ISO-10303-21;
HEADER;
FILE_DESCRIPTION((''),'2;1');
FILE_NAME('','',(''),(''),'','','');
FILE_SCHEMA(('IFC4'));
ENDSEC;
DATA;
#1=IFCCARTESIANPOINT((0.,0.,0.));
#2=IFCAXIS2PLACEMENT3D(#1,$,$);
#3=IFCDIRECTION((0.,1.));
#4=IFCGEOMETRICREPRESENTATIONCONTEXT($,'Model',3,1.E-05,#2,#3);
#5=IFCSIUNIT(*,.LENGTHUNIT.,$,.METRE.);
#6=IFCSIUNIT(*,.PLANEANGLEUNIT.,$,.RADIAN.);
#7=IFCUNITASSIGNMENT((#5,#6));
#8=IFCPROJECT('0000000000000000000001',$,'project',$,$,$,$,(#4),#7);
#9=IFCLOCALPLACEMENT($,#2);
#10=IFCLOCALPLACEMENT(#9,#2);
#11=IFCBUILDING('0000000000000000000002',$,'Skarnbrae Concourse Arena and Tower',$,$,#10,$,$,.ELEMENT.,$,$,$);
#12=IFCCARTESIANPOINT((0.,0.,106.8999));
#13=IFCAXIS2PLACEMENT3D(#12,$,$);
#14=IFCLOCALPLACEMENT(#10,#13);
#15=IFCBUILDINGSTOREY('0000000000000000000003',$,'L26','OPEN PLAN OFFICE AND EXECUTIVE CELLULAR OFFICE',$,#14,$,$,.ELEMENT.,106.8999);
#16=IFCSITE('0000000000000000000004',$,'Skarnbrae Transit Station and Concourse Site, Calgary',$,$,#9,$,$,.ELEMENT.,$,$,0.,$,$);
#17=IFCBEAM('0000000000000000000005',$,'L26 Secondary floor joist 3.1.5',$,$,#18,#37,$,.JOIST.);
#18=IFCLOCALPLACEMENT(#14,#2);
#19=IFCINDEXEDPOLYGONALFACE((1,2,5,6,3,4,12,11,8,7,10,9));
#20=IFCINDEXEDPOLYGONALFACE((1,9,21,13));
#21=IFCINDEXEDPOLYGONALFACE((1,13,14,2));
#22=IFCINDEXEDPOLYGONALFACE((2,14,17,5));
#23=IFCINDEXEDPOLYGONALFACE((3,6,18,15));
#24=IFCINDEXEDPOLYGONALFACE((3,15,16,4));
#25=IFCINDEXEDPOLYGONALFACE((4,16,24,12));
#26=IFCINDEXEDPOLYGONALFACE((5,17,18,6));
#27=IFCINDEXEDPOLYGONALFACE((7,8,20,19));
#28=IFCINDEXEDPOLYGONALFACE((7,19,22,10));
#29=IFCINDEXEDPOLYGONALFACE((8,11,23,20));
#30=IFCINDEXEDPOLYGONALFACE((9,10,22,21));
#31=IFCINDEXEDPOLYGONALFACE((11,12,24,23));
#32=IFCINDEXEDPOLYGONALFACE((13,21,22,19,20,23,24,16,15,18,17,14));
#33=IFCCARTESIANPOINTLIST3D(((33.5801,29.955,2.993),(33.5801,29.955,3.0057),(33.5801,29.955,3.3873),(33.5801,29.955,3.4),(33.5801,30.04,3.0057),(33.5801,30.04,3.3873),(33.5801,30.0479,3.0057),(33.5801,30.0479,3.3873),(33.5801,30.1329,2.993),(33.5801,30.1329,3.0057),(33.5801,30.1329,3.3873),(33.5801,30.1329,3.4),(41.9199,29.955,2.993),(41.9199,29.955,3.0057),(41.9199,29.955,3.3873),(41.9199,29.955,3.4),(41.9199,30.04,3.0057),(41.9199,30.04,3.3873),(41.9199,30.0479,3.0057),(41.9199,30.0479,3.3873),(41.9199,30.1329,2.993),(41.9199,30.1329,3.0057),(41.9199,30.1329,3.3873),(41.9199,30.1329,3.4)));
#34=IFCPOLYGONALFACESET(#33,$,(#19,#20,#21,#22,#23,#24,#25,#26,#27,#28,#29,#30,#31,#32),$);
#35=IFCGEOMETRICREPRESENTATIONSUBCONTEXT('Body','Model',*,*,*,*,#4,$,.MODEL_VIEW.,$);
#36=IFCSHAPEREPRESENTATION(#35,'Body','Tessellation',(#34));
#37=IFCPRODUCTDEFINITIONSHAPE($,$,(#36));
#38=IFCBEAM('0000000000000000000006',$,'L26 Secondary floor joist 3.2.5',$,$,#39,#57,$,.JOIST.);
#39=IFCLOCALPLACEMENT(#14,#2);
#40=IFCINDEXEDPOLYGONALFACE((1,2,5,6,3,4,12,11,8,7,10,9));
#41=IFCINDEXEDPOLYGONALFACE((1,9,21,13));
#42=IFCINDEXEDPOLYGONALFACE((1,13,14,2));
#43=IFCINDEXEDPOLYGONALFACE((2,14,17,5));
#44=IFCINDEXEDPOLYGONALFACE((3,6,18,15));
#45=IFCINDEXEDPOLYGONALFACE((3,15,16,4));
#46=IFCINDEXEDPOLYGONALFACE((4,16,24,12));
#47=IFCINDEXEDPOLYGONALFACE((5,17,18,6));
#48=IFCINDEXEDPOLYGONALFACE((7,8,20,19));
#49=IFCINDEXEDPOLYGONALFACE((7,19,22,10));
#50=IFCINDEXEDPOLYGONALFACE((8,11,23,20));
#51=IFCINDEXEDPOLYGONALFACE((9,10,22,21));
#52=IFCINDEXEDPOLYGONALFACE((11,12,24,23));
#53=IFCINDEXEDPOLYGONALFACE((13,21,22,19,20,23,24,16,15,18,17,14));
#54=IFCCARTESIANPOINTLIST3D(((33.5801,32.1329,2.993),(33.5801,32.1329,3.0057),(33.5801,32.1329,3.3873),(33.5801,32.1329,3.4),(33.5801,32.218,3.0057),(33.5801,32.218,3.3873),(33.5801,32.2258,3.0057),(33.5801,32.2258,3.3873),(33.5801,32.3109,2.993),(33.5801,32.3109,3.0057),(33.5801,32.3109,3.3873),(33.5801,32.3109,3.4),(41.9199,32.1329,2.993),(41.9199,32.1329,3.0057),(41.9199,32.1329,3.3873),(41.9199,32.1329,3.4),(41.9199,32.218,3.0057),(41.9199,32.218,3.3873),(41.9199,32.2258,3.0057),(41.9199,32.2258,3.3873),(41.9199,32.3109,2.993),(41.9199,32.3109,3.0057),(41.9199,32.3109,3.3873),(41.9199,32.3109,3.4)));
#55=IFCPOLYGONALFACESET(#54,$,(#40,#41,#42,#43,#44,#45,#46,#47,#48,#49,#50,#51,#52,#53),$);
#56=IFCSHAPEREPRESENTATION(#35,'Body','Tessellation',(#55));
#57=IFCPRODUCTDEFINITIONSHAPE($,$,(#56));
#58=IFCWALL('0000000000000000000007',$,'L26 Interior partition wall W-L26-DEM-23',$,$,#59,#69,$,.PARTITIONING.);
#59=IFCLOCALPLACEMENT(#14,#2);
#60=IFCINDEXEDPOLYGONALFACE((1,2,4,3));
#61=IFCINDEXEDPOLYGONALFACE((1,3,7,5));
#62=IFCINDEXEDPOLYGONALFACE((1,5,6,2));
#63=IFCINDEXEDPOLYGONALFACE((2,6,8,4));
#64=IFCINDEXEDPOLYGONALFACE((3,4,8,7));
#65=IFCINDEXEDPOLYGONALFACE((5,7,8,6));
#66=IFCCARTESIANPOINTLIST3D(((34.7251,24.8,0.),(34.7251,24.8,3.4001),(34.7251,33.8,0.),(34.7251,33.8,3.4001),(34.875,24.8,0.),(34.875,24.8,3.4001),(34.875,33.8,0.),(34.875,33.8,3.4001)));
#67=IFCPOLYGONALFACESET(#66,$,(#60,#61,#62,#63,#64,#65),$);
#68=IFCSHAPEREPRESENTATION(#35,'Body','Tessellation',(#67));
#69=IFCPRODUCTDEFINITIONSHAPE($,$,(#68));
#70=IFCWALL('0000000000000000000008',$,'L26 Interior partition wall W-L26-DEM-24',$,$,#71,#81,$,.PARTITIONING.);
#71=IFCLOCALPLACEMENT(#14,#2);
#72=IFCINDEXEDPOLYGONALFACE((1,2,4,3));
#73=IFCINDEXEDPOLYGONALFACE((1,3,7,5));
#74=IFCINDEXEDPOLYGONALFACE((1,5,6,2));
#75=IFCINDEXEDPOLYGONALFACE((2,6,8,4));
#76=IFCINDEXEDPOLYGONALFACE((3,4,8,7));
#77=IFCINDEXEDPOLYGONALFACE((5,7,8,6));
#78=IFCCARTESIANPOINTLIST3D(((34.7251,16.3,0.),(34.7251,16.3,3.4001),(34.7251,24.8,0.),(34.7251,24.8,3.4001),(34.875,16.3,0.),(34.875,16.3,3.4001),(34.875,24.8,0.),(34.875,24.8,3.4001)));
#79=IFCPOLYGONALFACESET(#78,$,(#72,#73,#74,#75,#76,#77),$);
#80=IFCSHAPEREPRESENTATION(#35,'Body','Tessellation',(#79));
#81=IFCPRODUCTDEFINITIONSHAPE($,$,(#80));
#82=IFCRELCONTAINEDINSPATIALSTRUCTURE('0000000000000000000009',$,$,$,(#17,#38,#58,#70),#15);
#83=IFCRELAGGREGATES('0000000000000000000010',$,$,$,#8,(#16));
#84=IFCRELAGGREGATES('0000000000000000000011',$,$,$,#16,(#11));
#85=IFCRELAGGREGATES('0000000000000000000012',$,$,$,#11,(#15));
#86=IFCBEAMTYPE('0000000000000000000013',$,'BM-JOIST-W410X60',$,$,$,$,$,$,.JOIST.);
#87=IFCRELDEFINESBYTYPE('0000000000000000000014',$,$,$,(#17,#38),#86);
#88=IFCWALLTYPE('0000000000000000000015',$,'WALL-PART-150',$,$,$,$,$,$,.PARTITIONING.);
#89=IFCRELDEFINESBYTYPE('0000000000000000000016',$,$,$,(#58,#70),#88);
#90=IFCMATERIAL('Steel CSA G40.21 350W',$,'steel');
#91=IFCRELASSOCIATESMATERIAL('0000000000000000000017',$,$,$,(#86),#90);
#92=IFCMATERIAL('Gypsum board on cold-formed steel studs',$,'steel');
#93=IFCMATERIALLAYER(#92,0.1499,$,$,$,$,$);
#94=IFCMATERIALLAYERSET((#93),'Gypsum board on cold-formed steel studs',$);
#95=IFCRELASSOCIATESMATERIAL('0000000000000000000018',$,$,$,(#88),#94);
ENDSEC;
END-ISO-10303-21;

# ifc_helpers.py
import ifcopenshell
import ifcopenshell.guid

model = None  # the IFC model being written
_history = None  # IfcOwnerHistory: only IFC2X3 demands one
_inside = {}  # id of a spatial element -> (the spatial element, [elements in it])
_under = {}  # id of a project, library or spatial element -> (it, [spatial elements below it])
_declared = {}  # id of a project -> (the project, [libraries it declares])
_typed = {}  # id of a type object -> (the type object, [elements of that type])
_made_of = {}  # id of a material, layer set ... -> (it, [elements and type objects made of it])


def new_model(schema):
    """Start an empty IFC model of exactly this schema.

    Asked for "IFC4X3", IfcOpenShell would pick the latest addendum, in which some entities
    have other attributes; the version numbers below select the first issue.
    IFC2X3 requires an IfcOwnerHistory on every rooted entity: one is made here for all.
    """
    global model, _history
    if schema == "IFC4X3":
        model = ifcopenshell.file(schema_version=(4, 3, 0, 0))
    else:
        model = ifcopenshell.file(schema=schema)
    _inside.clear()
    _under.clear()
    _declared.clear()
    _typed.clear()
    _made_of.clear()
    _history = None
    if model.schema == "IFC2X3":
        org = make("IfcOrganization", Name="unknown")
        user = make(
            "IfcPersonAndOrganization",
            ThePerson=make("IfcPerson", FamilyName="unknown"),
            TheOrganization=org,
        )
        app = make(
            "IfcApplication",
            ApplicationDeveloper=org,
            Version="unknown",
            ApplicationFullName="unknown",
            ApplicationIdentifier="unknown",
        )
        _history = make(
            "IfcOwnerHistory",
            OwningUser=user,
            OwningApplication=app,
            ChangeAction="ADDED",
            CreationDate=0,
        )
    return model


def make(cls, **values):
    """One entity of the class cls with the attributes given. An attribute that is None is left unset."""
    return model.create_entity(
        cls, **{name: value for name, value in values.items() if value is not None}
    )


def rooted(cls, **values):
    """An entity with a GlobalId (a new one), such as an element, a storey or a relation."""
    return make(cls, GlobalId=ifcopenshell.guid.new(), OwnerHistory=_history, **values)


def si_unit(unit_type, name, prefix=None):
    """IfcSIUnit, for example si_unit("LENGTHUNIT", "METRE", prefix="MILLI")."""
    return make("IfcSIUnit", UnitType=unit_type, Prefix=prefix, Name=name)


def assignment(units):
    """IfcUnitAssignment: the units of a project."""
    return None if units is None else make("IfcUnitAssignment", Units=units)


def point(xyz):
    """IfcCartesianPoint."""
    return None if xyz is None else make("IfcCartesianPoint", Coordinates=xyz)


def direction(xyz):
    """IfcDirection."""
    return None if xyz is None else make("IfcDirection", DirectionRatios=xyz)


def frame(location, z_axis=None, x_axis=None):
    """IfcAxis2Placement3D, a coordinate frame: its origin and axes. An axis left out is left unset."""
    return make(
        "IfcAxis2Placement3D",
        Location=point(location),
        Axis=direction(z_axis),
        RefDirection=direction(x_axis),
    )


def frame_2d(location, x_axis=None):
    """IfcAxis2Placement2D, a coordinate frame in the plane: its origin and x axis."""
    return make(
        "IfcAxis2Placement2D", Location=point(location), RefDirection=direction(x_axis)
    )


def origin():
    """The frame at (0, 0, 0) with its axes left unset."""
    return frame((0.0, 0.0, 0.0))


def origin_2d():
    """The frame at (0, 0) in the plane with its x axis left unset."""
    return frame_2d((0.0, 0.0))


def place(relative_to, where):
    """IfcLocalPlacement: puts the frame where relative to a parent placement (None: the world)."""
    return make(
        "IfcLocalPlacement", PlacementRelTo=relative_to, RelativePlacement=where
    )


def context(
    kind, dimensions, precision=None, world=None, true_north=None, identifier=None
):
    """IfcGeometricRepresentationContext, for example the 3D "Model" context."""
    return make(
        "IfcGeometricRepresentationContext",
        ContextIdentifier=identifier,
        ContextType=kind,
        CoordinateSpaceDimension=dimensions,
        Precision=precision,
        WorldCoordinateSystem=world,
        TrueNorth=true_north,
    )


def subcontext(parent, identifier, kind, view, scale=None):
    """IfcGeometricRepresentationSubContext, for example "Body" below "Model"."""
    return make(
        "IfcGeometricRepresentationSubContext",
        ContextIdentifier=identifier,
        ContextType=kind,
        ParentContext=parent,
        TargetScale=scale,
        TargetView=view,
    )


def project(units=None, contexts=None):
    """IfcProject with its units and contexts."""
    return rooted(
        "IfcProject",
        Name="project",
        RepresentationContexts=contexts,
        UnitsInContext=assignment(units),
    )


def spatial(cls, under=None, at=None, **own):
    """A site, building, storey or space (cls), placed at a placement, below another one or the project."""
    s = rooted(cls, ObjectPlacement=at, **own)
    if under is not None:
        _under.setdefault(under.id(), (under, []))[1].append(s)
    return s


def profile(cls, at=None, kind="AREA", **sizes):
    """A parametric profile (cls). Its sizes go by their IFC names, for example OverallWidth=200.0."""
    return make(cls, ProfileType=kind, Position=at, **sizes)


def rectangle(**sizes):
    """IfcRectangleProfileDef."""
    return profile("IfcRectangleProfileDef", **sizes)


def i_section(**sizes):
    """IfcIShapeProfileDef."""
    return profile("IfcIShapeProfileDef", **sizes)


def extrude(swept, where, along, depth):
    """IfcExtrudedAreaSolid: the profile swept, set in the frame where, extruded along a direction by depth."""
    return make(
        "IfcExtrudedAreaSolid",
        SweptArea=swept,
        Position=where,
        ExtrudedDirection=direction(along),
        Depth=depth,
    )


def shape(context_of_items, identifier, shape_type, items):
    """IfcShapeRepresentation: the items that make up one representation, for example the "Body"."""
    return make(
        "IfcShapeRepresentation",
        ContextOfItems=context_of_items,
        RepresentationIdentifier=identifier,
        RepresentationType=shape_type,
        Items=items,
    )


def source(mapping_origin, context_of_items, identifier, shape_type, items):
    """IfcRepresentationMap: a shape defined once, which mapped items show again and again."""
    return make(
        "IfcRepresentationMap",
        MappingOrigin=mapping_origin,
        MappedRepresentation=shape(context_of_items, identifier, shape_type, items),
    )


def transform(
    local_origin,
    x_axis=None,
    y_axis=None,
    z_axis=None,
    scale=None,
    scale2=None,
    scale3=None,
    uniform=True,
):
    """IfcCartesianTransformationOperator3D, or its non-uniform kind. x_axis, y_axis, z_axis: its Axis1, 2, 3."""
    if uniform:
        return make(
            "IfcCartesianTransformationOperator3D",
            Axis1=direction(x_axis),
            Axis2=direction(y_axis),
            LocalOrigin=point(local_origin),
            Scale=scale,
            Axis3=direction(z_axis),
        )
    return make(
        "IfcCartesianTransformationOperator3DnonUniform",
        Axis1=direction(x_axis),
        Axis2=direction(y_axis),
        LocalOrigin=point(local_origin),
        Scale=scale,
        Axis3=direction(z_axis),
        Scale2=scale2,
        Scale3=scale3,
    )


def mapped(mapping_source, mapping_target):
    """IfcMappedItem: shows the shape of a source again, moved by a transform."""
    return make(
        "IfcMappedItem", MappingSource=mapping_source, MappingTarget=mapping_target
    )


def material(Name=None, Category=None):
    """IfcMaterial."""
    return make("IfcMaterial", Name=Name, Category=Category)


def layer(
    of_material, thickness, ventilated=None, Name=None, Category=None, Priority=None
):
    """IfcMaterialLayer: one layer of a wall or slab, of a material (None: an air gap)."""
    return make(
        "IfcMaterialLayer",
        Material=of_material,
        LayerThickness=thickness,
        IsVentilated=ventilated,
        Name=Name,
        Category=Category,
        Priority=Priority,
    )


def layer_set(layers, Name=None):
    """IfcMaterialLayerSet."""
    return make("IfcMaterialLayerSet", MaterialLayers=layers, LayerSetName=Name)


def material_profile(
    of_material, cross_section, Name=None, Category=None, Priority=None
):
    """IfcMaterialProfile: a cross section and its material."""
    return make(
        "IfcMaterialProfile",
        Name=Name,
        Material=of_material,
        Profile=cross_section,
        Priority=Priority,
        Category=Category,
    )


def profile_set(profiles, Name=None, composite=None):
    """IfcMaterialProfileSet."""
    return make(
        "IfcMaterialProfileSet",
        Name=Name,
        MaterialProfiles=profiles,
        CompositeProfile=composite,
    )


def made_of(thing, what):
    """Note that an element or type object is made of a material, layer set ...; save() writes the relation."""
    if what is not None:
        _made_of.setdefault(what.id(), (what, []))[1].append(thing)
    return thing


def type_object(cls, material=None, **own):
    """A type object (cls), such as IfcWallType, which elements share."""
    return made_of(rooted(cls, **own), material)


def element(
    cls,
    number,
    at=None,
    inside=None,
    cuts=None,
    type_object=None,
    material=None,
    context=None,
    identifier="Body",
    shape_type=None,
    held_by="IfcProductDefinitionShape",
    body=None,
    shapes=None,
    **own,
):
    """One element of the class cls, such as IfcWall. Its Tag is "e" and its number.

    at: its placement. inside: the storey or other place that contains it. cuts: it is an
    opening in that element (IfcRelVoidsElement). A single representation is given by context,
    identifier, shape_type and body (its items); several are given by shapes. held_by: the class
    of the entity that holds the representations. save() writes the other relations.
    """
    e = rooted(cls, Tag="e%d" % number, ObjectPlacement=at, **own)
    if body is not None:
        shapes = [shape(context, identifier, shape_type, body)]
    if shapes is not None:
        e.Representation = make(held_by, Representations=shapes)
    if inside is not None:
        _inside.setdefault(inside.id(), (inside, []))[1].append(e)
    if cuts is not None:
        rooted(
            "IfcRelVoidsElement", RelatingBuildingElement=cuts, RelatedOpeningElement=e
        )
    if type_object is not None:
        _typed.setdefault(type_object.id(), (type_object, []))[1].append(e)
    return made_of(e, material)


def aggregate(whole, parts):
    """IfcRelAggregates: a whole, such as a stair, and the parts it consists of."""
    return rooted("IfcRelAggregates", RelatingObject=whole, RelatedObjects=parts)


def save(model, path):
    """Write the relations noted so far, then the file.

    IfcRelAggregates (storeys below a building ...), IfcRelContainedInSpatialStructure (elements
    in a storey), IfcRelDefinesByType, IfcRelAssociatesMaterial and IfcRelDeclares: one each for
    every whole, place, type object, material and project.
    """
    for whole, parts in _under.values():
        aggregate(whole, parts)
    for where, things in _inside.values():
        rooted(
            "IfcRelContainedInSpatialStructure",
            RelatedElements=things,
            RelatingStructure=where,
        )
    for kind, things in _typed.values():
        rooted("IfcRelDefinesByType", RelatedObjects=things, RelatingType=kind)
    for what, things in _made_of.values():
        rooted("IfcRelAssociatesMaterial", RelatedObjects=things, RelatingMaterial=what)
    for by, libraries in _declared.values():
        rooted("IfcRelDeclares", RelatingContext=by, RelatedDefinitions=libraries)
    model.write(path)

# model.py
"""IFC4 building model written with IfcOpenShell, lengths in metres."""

from ifc_helpers import new_model, si_unit, direction, frame, frame_2d, origin, origin_2d, place, context, subcontext, project, spatial, rectangle, i_section, extrude, source, transform, mapped, material, layer, layer_set, material_profile, profile_set, type_object, element, save


model = new_model("IFC4")

# Units and contexts
model_context = context("Model", 3, precision=1e-05, world=origin(), true_north=direction((0.0, 1.0)))
body_context = subcontext(model_context, "Body", "Model", "MODEL_VIEW")
ifc_project = project(units=[si_unit("LENGTHUNIT", "METRE"), si_unit("PLANEANGLEUNIT", "RADIAN")], contexts=[model_context])

# Site, building, storey
site_placement = place(None, origin())
site = spatial("IfcSite", under=ifc_project, at=site_placement, Name="Skarnbrae Transit Station and Concourse Site, Calgary", CompositionType="ELEMENT", RefElevation=0.0)
building_placement = place(site_placement, origin())
building = spatial("IfcBuilding", under=site, at=building_placement, Name="Skarnbrae Concourse Arena and Tower", CompositionType="ELEMENT")
storey_placement = place(building_placement, frame((0.0, 0.0, 106.8999)))
storey = spatial("IfcBuildingStorey", under=building, at=storey_placement, Name="L26", Description="OPEN PLAN OFFICE AND EXECUTIVE CELLULAR OFFICE", CompositionType="ELEMENT", Elevation=106.8999)

# Shared definitions
ifc_material_1 = material(Name="Steel CSA G40.21 350W", Category="steel")

# Beams
ifc_material_profile_1 = material_profile(ifc_material_1, i_section(OverallWidth=0.178, OverallDepth=0.407, WebThickness=0.0078, FlangeThickness=0.0127, at=origin_2d()), Name="W410X60")
ifc_profile_set_1 = profile_set([ifc_material_profile_1], Name="Steel CSA G40.21 350W")
beam_type_1 = type_object("IfcBeamType", Name="BM-JOIST-W410X60", PredefinedType="JOIST", material=ifc_profile_set_1)
shared_shape_1 = source(origin(), body_context, "Body", "SweptSolid", [
    extrude(i_section(OverallWidth=0.178, OverallDepth=0.407, WebThickness=0.0078, FlangeThickness=0.0127, at=origin_2d()), origin(), (0.0, 0.0, 1.0), 8.3398),
])
for number, where, z_axis, x_axis, name in (
    (1, (33.5801, 30.0439, 3.1965), (1.0, 0.0, 0.0), (0.0, 1.0, 0.0), "L26 Secondary floor joist 3.1.5"),
    (2, (33.5801, 32.2219, 3.1965), (1.0, 0.0, 0.0), (0.0, 1.0, 0.0), "L26 Secondary floor joist 3.2.5"),
):
    element("IfcBeam", number, at=place(storey_placement, frame(where, z_axis=z_axis, x_axis=x_axis)), inside=storey, type_object=beam_type_1, Name=name, PredefinedType="JOIST", context=body_context, shape_type="MappedRepresentation", body=[
        mapped(shared_shape_1, transform((0.0, 0.0, 0.0))),
    ])

# Walls
ifc_material_2 = material(Name="Gypsum board on cold-formed steel studs", Category="steel")
ifc_layer = layer(ifc_material_2, 0.1499)
ifc_layer_set = layer_set([ifc_layer], Name="Gypsum board on cold-formed steel studs")
wall_type = type_object("IfcWallType", Name="WALL-PART-150", PredefinedType="PARTITIONING", material=ifc_layer_set)
shared_shape_2 = source(origin(), body_context, "Body", "SweptSolid", [
    extrude(rectangle(XDim=9.0, YDim=0.1499, at=frame_2d((4.5, 0.0))), origin(), (0.0, 0.0, 1.0), 3.4001),
])
wall_1_placement = place(storey_placement, frame((34.8, 33.8, 0.0), z_axis=(0.0, 0.0, 1.0), x_axis=(0.0, -1.0, 0.0)))
element("IfcWall", 3, at=wall_1_placement, inside=storey, type_object=wall_type, Name="L26 Interior partition wall W-L26-DEM-23", PredefinedType="PARTITIONING", context=body_context, shape_type="MappedRepresentation", body=[
    mapped(shared_shape_2, transform((0.0, 0.0, 0.0))),
])
shared_shape_3 = source(origin(), body_context, "Body", "SweptSolid", [
    extrude(rectangle(XDim=8.5, YDim=0.1499, at=frame_2d((4.25, 0.0))), origin(), (0.0, 0.0, 1.0), 3.4001),
])
wall_2_placement = place(storey_placement, frame((34.8, 24.8, 0.0), z_axis=(0.0, 0.0, 1.0), x_axis=(0.0, -1.0, 0.0)))
element("IfcWall", 4, at=wall_2_placement, inside=storey, type_object=wall_type, Name="L26 Interior partition wall W-L26-DEM-24", PredefinedType="PARTITIONING", context=body_context, shape_type="MappedRepresentation", body=[
    mapped(shared_shape_3, transform((0.0, 0.0, 0.0))),
])

save(model, "model.ifc")
